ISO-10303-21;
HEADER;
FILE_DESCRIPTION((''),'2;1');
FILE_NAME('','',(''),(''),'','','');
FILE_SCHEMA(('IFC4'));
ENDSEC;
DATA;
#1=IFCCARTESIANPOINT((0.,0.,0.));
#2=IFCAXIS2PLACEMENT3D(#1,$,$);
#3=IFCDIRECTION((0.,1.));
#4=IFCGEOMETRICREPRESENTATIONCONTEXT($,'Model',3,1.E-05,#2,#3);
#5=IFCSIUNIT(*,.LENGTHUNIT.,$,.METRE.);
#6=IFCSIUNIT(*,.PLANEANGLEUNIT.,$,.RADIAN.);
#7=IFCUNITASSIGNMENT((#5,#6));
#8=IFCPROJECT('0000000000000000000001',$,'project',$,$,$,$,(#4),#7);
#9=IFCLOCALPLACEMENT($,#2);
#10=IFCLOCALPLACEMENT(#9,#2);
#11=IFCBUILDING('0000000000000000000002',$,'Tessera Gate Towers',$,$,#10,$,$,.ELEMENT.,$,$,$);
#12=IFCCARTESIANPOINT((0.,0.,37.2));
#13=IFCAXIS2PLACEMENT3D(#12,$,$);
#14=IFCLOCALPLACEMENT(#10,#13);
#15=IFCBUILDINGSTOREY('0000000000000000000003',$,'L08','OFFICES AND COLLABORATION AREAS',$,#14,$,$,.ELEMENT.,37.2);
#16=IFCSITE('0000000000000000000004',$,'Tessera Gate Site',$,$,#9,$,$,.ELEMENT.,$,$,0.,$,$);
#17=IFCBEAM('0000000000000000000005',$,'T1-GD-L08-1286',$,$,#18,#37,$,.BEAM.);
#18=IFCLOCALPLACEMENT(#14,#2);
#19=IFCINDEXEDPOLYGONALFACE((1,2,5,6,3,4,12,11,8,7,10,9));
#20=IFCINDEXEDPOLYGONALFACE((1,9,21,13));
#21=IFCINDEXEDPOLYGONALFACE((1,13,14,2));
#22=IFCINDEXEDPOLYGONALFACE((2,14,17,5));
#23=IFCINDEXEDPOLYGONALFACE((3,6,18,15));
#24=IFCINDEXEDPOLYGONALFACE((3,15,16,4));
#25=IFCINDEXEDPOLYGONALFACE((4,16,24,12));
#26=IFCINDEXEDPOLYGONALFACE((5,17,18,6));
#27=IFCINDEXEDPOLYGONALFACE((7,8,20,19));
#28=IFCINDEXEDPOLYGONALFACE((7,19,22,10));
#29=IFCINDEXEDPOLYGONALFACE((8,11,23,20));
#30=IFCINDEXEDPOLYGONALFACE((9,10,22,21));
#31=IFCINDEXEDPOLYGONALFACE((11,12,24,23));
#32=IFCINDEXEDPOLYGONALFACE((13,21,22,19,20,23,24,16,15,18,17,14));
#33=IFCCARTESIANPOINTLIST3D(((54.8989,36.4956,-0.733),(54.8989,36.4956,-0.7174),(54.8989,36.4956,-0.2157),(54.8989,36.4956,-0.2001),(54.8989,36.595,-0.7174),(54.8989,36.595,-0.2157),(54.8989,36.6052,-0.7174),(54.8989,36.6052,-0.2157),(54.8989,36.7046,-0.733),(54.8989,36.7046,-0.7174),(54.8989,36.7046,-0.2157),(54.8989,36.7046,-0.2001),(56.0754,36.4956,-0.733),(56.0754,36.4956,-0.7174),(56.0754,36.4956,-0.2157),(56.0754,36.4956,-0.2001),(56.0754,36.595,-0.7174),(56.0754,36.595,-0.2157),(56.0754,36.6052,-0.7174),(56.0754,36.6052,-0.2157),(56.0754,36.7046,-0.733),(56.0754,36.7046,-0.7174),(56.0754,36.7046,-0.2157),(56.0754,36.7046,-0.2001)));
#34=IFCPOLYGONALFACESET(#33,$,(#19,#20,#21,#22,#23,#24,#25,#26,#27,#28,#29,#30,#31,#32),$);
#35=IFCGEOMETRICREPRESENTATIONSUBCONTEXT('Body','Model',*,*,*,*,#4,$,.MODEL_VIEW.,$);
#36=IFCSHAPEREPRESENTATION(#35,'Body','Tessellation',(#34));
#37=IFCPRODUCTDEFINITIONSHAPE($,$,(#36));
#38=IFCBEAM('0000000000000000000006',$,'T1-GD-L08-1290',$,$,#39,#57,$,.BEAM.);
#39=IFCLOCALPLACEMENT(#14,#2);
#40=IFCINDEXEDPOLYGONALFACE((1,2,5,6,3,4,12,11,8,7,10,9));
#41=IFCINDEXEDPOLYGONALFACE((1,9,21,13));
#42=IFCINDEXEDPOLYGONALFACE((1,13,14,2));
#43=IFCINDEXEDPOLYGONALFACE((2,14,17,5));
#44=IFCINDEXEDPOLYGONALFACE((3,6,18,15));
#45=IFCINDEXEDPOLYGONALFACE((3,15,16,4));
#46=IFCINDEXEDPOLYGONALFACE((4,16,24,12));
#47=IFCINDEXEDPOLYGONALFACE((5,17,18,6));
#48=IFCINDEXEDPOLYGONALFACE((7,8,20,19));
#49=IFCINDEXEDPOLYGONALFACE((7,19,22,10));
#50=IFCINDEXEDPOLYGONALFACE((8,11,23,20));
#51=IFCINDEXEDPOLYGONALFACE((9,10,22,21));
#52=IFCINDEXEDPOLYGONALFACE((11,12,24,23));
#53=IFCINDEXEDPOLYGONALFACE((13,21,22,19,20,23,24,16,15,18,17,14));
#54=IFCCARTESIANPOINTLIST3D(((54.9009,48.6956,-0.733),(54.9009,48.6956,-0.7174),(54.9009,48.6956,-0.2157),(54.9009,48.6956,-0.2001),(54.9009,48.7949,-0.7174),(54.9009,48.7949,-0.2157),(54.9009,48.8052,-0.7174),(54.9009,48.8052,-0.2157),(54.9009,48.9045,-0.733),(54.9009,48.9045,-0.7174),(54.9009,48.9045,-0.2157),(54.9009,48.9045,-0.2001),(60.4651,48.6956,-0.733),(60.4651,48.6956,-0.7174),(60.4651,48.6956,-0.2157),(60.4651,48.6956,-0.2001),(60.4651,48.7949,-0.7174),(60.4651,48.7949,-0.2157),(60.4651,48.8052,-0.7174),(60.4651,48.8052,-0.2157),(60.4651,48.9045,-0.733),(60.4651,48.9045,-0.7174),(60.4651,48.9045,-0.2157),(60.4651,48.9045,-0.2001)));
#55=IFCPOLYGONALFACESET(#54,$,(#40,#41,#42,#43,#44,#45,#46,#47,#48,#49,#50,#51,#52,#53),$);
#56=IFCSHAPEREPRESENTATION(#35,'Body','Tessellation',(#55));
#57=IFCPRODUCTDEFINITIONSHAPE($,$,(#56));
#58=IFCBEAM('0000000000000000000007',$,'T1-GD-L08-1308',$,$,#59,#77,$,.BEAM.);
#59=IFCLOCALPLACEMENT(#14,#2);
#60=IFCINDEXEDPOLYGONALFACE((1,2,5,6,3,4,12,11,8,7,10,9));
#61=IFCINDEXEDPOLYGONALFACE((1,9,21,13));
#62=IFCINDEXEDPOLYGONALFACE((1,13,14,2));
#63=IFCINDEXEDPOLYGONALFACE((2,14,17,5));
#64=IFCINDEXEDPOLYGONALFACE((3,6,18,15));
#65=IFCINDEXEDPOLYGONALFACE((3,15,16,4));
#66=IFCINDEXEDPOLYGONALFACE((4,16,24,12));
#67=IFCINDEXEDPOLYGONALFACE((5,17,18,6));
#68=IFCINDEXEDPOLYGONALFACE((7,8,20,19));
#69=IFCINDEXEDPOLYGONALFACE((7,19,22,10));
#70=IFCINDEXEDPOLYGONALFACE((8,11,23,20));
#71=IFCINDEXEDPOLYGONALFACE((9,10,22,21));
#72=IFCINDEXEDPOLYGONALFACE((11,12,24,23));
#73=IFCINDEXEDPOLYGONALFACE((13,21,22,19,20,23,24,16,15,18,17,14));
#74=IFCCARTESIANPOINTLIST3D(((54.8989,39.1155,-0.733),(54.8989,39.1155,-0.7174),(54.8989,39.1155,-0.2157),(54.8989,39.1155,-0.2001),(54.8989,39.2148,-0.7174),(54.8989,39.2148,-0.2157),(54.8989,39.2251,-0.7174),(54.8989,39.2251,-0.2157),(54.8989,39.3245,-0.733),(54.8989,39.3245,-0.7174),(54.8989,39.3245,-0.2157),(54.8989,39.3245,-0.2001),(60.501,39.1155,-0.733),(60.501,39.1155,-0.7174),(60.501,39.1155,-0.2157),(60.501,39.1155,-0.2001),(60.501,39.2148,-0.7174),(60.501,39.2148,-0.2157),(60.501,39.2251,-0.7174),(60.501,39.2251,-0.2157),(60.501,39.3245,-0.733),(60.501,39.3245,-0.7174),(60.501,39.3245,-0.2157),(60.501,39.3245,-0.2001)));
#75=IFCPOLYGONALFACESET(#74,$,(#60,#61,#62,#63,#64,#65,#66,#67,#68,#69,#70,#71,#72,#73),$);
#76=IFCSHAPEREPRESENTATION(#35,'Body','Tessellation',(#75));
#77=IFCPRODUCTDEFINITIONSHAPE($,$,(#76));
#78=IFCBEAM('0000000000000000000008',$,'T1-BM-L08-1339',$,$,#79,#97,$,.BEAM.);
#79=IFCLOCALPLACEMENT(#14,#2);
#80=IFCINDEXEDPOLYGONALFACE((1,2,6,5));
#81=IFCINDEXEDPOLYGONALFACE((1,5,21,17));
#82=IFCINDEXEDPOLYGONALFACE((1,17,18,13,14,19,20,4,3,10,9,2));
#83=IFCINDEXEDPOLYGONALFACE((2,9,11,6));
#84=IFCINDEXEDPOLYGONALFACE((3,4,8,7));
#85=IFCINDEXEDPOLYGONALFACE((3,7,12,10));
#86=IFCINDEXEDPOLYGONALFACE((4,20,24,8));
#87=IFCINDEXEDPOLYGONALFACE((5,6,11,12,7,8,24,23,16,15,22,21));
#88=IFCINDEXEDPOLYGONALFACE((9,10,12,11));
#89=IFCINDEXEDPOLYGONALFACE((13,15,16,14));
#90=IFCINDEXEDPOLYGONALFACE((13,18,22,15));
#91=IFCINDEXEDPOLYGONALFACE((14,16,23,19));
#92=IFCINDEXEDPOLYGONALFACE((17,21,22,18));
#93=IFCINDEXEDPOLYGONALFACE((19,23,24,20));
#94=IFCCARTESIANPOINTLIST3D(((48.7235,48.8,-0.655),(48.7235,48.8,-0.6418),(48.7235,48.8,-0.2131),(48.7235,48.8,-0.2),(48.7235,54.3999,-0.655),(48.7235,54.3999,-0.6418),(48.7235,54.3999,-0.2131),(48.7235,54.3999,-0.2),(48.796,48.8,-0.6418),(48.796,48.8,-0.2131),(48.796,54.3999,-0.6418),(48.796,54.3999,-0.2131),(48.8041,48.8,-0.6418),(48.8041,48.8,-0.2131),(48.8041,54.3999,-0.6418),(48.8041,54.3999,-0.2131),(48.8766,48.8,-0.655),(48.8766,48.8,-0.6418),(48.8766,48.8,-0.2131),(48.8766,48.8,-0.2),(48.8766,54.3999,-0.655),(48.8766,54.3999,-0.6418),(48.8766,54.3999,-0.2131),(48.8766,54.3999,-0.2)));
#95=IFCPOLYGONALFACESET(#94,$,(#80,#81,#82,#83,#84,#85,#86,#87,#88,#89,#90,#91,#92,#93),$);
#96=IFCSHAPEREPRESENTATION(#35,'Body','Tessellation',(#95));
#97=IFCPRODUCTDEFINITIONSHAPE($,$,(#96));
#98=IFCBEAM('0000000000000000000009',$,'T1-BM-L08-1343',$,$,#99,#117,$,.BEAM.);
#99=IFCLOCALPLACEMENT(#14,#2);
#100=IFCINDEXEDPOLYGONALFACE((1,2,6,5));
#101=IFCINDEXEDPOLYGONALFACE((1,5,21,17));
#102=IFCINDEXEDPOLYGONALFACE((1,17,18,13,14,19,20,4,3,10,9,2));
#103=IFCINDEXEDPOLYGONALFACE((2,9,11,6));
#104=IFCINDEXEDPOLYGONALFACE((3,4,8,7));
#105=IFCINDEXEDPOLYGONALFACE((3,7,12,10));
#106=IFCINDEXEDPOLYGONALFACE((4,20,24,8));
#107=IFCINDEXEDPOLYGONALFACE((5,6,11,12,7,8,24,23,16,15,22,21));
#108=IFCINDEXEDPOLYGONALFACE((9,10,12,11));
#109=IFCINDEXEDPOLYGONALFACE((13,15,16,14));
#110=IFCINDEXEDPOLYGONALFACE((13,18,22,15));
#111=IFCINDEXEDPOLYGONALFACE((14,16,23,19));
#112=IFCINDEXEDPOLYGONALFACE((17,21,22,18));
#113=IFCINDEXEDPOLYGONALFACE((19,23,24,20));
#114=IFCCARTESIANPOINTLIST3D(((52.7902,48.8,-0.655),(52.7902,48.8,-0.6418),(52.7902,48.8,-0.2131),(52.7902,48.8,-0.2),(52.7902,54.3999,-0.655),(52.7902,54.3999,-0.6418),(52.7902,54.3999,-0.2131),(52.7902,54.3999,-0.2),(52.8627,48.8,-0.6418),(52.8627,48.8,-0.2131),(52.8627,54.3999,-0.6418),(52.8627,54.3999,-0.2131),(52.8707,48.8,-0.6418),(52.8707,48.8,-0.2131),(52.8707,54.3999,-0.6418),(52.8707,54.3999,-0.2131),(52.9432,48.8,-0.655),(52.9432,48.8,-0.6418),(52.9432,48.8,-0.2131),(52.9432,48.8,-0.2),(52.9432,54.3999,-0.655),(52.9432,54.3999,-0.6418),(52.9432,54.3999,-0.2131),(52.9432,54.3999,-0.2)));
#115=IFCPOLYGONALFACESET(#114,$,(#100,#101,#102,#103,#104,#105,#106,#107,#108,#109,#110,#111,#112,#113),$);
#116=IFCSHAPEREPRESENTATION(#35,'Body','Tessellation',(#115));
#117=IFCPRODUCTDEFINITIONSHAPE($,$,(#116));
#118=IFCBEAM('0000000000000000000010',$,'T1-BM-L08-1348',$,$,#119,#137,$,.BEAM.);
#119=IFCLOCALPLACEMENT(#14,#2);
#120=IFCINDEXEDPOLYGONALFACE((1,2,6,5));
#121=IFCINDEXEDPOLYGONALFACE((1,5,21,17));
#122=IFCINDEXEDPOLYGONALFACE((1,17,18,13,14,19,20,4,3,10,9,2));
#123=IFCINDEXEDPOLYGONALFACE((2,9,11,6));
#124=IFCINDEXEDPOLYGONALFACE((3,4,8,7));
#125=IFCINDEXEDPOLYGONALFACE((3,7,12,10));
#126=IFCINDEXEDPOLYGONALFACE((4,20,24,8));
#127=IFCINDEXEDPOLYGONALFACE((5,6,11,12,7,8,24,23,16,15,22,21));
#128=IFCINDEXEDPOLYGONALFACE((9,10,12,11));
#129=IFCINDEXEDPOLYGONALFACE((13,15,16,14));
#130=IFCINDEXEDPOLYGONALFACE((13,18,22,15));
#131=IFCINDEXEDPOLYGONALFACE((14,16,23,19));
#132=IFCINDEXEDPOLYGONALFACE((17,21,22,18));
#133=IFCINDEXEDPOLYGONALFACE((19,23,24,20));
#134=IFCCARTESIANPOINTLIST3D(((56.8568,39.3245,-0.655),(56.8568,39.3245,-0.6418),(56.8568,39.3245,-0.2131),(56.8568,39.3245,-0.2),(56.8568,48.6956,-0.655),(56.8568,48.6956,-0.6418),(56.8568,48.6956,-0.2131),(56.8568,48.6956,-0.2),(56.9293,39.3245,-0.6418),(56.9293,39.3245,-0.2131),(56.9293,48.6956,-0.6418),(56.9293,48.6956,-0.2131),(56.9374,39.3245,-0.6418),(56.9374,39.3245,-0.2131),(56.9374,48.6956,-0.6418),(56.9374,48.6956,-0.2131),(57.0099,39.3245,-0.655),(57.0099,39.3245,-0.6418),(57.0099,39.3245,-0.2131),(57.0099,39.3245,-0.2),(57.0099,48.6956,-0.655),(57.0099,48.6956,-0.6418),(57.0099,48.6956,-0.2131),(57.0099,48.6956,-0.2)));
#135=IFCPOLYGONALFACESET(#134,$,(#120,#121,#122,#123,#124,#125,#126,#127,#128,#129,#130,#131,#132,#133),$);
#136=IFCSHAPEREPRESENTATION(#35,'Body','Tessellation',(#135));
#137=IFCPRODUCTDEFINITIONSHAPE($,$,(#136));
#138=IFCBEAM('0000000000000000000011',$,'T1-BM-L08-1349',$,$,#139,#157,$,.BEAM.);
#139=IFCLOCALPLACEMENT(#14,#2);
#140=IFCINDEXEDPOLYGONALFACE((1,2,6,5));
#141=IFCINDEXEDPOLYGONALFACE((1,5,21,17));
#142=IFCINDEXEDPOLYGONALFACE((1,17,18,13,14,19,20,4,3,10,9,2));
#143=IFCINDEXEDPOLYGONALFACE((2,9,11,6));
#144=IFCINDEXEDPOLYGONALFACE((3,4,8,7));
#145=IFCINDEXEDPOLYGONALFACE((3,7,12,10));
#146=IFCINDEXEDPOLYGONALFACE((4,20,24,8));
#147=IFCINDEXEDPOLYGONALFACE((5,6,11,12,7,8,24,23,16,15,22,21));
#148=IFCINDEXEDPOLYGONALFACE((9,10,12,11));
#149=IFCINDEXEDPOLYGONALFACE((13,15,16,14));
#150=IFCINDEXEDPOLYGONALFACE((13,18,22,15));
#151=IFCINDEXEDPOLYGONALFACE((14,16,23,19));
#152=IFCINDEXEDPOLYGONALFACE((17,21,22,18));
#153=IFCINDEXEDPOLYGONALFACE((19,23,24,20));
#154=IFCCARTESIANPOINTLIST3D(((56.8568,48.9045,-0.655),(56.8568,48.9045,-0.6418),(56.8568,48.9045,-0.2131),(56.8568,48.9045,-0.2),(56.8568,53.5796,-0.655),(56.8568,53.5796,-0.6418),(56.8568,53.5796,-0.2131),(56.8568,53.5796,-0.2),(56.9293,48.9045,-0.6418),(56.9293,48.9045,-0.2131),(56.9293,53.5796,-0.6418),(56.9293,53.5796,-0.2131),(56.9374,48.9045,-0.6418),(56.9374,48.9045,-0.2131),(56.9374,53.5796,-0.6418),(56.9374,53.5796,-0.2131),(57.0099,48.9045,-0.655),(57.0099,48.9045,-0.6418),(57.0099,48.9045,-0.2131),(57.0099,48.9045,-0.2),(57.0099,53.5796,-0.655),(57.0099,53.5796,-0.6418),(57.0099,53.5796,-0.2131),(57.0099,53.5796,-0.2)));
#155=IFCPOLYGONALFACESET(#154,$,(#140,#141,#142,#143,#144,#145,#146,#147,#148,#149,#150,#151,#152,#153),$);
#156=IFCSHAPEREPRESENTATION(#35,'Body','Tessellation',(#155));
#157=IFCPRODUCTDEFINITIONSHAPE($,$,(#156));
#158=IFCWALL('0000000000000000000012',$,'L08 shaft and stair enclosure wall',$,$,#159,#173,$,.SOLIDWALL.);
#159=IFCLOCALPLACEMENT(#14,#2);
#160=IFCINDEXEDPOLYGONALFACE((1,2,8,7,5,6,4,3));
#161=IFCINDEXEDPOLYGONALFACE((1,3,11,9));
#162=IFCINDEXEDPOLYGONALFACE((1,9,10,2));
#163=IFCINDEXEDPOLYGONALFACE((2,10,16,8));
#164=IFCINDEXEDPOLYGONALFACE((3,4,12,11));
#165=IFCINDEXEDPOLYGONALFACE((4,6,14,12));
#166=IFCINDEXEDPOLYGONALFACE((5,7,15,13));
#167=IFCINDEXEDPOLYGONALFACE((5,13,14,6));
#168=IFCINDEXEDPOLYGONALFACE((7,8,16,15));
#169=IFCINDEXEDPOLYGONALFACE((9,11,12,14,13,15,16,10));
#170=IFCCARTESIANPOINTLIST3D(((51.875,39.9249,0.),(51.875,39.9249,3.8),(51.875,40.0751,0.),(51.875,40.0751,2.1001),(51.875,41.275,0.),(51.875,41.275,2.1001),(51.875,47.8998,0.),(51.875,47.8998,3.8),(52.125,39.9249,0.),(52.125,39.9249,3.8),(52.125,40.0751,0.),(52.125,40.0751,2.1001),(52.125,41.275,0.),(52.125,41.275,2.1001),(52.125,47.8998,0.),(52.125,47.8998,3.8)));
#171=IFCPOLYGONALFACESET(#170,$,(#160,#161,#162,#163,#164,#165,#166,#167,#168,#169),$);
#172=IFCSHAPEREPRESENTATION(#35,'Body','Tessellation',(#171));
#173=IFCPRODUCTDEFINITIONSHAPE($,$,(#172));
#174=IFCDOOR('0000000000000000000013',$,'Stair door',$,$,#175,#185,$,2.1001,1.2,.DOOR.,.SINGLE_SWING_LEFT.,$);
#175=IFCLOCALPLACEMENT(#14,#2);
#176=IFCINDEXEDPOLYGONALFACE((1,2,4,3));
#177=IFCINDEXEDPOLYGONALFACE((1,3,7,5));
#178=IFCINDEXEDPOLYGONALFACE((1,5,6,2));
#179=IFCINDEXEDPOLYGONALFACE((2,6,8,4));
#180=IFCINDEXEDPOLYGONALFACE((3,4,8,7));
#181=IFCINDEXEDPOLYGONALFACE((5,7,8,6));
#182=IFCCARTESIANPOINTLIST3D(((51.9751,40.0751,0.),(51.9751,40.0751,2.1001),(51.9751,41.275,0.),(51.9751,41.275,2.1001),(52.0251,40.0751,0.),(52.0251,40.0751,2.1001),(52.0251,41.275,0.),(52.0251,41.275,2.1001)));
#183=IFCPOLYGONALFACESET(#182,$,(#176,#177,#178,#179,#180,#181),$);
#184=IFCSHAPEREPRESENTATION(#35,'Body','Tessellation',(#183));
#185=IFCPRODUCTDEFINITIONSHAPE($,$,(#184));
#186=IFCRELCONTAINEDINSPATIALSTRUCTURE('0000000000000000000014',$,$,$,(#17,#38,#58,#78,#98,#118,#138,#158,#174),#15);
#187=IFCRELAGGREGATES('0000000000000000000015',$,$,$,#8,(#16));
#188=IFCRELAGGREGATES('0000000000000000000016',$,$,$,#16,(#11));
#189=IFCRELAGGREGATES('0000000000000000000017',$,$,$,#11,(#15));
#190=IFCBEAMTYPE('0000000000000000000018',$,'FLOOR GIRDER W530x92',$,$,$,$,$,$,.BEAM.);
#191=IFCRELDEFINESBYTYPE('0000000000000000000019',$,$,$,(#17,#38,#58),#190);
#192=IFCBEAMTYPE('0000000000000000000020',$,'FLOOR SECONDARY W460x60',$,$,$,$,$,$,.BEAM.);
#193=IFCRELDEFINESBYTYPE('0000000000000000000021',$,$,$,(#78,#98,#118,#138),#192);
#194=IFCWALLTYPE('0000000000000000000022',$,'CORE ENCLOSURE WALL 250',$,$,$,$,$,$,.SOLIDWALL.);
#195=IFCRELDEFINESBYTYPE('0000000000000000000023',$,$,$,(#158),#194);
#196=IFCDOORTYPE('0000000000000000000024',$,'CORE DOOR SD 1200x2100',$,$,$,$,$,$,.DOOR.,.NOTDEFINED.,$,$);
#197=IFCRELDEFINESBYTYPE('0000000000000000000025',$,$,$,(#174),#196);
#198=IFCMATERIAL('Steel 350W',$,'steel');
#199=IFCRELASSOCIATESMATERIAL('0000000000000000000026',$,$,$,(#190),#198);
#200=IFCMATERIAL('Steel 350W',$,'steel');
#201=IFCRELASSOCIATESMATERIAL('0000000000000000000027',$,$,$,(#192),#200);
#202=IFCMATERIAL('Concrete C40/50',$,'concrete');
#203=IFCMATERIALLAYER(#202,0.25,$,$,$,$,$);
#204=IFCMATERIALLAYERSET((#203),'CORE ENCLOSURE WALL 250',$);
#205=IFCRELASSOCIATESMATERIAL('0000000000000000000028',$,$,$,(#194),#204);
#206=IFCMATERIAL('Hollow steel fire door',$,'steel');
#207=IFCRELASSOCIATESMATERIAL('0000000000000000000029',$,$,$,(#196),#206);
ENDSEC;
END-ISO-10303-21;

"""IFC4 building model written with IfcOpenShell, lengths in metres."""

from ifc_helpers import new_model, si_unit, direction, frame, frame_2d, origin, origin_2d, place, context, subcontext, project, spatial, rectangle, i_section, extrude, source, transform, mapped, material, layer, layer_set, material_profile, profile_set, type_object, element, fill, save


model = new_model("IFC4")

# Units and contexts
model_context = context("Model", 3, precision=1e-05, world=origin(), true_north=direction((0.0, 1.0)))
body_context = subcontext(model_context, "Body", "Model", "MODEL_VIEW")
ifc_project = project(units=[si_unit("LENGTHUNIT", "METRE"), si_unit("PLANEANGLEUNIT", "RADIAN")], contexts=[model_context])

# Site, building, storey
site_placement = place(None, origin())
site = spatial("IfcSite", under=ifc_project, at=site_placement, Name="Tessera Gate Site", CompositionType="ELEMENT", RefElevation=0.0)
building_placement = place(site_placement, origin())
building = spatial("IfcBuilding", under=site, at=building_placement, Name="Tessera Gate Towers", CompositionType="ELEMENT")
storey_placement = place(building_placement, frame((0.0, 0.0, 37.2)))
storey = spatial("IfcBuildingStorey", under=building, at=storey_placement, Name="L08", Description="OFFICES AND COLLABORATION AREAS", CompositionType="ELEMENT", Elevation=37.2)

# Beams
ifc_material_1 = material(Name="Steel 350W", Category="steel")
ifc_material_profile_1 = material_profile(ifc_material_1, i_section(OverallWidth=0.209, OverallDepth=0.533, WebThickness=0.0103, FlangeThickness=0.0156, at=origin_2d()), Name="W530x92")
ifc_profile_set_1 = profile_set([ifc_material_profile_1], Name="Steel 350W")
beam_type_1 = type_object("IfcBeamType", Name="FLOOR GIRDER W530x92", PredefinedType="BEAM", material=ifc_profile_set_1)
beam_1_placement = place(storey_placement, frame((54.8989, 36.6001, -0.4666), z_axis=(1.0, 0.0, 0.0), x_axis=(0.0, 1.0, 0.0)))
element("IfcBeam", 1, at=beam_1_placement, inside=storey, type_object=beam_type_1, Name="T1-GD-L08-1286", PredefinedType="BEAM", context=body_context, shape_type="SweptSolid", body=[
    extrude(i_section(OverallWidth=0.209, OverallDepth=0.533, WebThickness=0.0103, FlangeThickness=0.0156, at=origin_2d()), origin(), (0.0, 0.0, 1.0), 1.1765),
])
beam_2_placement = place(storey_placement, frame((54.9009, 48.8, -0.4666), z_axis=(1.0, 0.0, 0.0), x_axis=(0.0, 1.0, 0.0)))
element("IfcBeam", 2, at=beam_2_placement, inside=storey, type_object=beam_type_1, Name="T1-GD-L08-1290", PredefinedType="BEAM", context=body_context, shape_type="SweptSolid", body=[
    extrude(i_section(OverallWidth=0.209, OverallDepth=0.533, WebThickness=0.0103, FlangeThickness=0.0156, at=origin_2d()), origin(), (0.0, 0.0, 1.0), 5.5642),
])
beam_3_placement = place(storey_placement, frame((54.8989, 39.22, -0.4666), z_axis=(1.0, 0.0, 0.0), x_axis=(0.0, 1.0, 0.0)))
element("IfcBeam", 3, at=beam_3_placement, inside=storey, type_object=beam_type_1, Name="T1-GD-L08-1308", PredefinedType="BEAM", context=body_context, shape_type="SweptSolid", body=[
    extrude(i_section(OverallWidth=0.209, OverallDepth=0.533, WebThickness=0.0103, FlangeThickness=0.0156, at=origin_2d()), origin(), (0.0, 0.0, 1.0), 5.6021),
])
ifc_material_2 = material(Name="Steel 350W", Category="steel")
ifc_material_profile_2 = material_profile(ifc_material_2, i_section(OverallWidth=0.1531, OverallDepth=0.4551, WebThickness=0.0081, FlangeThickness=0.0132, at=origin_2d()), Name="W460x60")
ifc_profile_set_2 = profile_set([ifc_material_profile_2], Name="Steel 350W")
beam_type_2 = type_object("IfcBeamType", Name="FLOOR SECONDARY W460x60", PredefinedType="BEAM", material=ifc_profile_set_2)
for number, where, z_axis, x_axis, name in (
    (4, (48.8, 48.8, -0.4275), (0.0, 1.0, 0.0), (-1.0, 0.0, 0.0), "T1-BM-L08-1339"),
    (5, (52.8667, 48.8, -0.4275), (0.0, 1.0, 0.0), (-1.0, 0.0, 0.0), "T1-BM-L08-1343"),
):
    element("IfcBeam", number, at=place(storey_placement, frame(where, z_axis=z_axis, x_axis=x_axis)), inside=storey, type_object=beam_type_2, Name=name, PredefinedType="BEAM", context=body_context, shape_type="SweptSolid", body=[
        extrude(i_section(OverallWidth=0.1531, OverallDepth=0.4551, WebThickness=0.0081, FlangeThickness=0.0132, at=origin_2d()), origin(), (0.0, 0.0, 1.0), 5.5999),
    ])
beam_4_placement = place(storey_placement, frame((56.9333, 39.3245, -0.4275), z_axis=(0.0, 1.0, 0.0), x_axis=(-1.0, 0.0, 0.0)))
element("IfcBeam", 6, at=beam_4_placement, inside=storey, type_object=beam_type_2, Name="T1-BM-L08-1348", PredefinedType="BEAM", context=body_context, shape_type="SweptSolid", body=[
    extrude(i_section(OverallWidth=0.1531, OverallDepth=0.4551, WebThickness=0.0081, FlangeThickness=0.0132, at=origin_2d()), origin(), (0.0, 0.0, 1.0), 9.3711),
])
beam_5_placement = place(storey_placement, frame((56.9333, 48.9045, -0.4275), z_axis=(0.0, 1.0, 0.0), x_axis=(-1.0, 0.0, 0.0)))
element("IfcBeam", 7, at=beam_5_placement, inside=storey, type_object=beam_type_2, Name="T1-BM-L08-1349", PredefinedType="BEAM", context=body_context, shape_type="SweptSolid", body=[
    extrude(i_section(OverallWidth=0.1531, OverallDepth=0.4551, WebThickness=0.0081, FlangeThickness=0.0132, at=origin_2d()), origin(), (0.0, 0.0, 1.0), 4.675),
])

# Wall, opening, door
ifc_material_3 = material(Name="Concrete C40/50", Category="concrete")
ifc_layer_1 = layer(ifc_material_3, 0.25)
ifc_layer_set_1 = layer_set([ifc_layer_1], Name="CORE ENCLOSURE WALL 250")
wall_type_1 = type_object("IfcWallType", Name="CORE ENCLOSURE WALL 250", PredefinedType="SOLIDWALL", material=ifc_layer_set_1)
wall_1_placement = place(storey_placement, frame((52.0, 39.925, 0.0), z_axis=(0.0, 0.0, 1.0), x_axis=(0.0, 1.0, 0.0)))
wall_1 = element("IfcWall", 8, at=wall_1_placement, inside=storey, type_object=wall_type_1, Name="L08 shaft and stair enclosure wall", PredefinedType="SOLIDWALL", context=body_context, shape_type="SweptSolid", body=[
    extrude(rectangle(XDim=7.9749, YDim=0.25, at=frame_2d((3.9873, 0.0))), origin(), (0.0, 0.0, 1.0), 3.8),
])
shared_shape_1 = source(origin(), body_context, "Body", "SweptSolid", [
    extrude(rectangle(XDim=1.2, YDim=2.1001, at=frame_2d((0.6001, 1.05))), frame((0.0, 0.135, 0.0), z_axis=(0.0, -1.0, 0.0), x_axis=(1.0, 0.0, 0.0)), (0.0, 0.0, 1.0), 0.27),
])
opening_1_placement = place(wall_1_placement, frame((0.1499, 0.0, 0.0)))
opening_1 = element("IfcOpeningElement", 9, at=opening_1_placement, cuts=wall_1, PredefinedType="OPENING", context=body_context, shape_type="MappedRepresentation", body=[
    mapped(shared_shape_1, transform((0.0, 0.0, 0.0), scale=1.0)),
])
ifc_material_4 = material(Name="Hollow steel fire door", Category="steel")
door_type_1 = type_object("IfcDoorType", Name="CORE DOOR SD 1200x2100", OperationType="NOTDEFINED", PredefinedType="DOOR", material=ifc_material_4)
shared_shape_2 = source(origin(), body_context, "Body", "SweptSolid", [
    extrude(rectangle(XDim=1.2, YDim=2.1001, at=frame_2d((0.6001, 1.05))), frame((0.0, 0.0249, 0.0), z_axis=(0.0, -1.0, 0.0), x_axis=(1.0, 0.0, 0.0)), (0.0, 0.0, 1.0), 0.05),
])
door_1_placement = place(opening_1_placement, origin())
door_1 = element("IfcDoor", 10, at=door_1_placement, inside=storey, type_object=door_type_1, Name="Stair door", OperationType="SINGLE_SWING_LEFT", OverallHeight=2.1001, OverallWidth=1.2, PredefinedType="DOOR", context=body_context, shape_type="MappedRepresentation", body=[
    mapped(shared_shape_2, transform((0.0, 0.0, 0.0), scale=1.0)),
])
fill(opening_1, door_1)

save(model, "model.ifc")
